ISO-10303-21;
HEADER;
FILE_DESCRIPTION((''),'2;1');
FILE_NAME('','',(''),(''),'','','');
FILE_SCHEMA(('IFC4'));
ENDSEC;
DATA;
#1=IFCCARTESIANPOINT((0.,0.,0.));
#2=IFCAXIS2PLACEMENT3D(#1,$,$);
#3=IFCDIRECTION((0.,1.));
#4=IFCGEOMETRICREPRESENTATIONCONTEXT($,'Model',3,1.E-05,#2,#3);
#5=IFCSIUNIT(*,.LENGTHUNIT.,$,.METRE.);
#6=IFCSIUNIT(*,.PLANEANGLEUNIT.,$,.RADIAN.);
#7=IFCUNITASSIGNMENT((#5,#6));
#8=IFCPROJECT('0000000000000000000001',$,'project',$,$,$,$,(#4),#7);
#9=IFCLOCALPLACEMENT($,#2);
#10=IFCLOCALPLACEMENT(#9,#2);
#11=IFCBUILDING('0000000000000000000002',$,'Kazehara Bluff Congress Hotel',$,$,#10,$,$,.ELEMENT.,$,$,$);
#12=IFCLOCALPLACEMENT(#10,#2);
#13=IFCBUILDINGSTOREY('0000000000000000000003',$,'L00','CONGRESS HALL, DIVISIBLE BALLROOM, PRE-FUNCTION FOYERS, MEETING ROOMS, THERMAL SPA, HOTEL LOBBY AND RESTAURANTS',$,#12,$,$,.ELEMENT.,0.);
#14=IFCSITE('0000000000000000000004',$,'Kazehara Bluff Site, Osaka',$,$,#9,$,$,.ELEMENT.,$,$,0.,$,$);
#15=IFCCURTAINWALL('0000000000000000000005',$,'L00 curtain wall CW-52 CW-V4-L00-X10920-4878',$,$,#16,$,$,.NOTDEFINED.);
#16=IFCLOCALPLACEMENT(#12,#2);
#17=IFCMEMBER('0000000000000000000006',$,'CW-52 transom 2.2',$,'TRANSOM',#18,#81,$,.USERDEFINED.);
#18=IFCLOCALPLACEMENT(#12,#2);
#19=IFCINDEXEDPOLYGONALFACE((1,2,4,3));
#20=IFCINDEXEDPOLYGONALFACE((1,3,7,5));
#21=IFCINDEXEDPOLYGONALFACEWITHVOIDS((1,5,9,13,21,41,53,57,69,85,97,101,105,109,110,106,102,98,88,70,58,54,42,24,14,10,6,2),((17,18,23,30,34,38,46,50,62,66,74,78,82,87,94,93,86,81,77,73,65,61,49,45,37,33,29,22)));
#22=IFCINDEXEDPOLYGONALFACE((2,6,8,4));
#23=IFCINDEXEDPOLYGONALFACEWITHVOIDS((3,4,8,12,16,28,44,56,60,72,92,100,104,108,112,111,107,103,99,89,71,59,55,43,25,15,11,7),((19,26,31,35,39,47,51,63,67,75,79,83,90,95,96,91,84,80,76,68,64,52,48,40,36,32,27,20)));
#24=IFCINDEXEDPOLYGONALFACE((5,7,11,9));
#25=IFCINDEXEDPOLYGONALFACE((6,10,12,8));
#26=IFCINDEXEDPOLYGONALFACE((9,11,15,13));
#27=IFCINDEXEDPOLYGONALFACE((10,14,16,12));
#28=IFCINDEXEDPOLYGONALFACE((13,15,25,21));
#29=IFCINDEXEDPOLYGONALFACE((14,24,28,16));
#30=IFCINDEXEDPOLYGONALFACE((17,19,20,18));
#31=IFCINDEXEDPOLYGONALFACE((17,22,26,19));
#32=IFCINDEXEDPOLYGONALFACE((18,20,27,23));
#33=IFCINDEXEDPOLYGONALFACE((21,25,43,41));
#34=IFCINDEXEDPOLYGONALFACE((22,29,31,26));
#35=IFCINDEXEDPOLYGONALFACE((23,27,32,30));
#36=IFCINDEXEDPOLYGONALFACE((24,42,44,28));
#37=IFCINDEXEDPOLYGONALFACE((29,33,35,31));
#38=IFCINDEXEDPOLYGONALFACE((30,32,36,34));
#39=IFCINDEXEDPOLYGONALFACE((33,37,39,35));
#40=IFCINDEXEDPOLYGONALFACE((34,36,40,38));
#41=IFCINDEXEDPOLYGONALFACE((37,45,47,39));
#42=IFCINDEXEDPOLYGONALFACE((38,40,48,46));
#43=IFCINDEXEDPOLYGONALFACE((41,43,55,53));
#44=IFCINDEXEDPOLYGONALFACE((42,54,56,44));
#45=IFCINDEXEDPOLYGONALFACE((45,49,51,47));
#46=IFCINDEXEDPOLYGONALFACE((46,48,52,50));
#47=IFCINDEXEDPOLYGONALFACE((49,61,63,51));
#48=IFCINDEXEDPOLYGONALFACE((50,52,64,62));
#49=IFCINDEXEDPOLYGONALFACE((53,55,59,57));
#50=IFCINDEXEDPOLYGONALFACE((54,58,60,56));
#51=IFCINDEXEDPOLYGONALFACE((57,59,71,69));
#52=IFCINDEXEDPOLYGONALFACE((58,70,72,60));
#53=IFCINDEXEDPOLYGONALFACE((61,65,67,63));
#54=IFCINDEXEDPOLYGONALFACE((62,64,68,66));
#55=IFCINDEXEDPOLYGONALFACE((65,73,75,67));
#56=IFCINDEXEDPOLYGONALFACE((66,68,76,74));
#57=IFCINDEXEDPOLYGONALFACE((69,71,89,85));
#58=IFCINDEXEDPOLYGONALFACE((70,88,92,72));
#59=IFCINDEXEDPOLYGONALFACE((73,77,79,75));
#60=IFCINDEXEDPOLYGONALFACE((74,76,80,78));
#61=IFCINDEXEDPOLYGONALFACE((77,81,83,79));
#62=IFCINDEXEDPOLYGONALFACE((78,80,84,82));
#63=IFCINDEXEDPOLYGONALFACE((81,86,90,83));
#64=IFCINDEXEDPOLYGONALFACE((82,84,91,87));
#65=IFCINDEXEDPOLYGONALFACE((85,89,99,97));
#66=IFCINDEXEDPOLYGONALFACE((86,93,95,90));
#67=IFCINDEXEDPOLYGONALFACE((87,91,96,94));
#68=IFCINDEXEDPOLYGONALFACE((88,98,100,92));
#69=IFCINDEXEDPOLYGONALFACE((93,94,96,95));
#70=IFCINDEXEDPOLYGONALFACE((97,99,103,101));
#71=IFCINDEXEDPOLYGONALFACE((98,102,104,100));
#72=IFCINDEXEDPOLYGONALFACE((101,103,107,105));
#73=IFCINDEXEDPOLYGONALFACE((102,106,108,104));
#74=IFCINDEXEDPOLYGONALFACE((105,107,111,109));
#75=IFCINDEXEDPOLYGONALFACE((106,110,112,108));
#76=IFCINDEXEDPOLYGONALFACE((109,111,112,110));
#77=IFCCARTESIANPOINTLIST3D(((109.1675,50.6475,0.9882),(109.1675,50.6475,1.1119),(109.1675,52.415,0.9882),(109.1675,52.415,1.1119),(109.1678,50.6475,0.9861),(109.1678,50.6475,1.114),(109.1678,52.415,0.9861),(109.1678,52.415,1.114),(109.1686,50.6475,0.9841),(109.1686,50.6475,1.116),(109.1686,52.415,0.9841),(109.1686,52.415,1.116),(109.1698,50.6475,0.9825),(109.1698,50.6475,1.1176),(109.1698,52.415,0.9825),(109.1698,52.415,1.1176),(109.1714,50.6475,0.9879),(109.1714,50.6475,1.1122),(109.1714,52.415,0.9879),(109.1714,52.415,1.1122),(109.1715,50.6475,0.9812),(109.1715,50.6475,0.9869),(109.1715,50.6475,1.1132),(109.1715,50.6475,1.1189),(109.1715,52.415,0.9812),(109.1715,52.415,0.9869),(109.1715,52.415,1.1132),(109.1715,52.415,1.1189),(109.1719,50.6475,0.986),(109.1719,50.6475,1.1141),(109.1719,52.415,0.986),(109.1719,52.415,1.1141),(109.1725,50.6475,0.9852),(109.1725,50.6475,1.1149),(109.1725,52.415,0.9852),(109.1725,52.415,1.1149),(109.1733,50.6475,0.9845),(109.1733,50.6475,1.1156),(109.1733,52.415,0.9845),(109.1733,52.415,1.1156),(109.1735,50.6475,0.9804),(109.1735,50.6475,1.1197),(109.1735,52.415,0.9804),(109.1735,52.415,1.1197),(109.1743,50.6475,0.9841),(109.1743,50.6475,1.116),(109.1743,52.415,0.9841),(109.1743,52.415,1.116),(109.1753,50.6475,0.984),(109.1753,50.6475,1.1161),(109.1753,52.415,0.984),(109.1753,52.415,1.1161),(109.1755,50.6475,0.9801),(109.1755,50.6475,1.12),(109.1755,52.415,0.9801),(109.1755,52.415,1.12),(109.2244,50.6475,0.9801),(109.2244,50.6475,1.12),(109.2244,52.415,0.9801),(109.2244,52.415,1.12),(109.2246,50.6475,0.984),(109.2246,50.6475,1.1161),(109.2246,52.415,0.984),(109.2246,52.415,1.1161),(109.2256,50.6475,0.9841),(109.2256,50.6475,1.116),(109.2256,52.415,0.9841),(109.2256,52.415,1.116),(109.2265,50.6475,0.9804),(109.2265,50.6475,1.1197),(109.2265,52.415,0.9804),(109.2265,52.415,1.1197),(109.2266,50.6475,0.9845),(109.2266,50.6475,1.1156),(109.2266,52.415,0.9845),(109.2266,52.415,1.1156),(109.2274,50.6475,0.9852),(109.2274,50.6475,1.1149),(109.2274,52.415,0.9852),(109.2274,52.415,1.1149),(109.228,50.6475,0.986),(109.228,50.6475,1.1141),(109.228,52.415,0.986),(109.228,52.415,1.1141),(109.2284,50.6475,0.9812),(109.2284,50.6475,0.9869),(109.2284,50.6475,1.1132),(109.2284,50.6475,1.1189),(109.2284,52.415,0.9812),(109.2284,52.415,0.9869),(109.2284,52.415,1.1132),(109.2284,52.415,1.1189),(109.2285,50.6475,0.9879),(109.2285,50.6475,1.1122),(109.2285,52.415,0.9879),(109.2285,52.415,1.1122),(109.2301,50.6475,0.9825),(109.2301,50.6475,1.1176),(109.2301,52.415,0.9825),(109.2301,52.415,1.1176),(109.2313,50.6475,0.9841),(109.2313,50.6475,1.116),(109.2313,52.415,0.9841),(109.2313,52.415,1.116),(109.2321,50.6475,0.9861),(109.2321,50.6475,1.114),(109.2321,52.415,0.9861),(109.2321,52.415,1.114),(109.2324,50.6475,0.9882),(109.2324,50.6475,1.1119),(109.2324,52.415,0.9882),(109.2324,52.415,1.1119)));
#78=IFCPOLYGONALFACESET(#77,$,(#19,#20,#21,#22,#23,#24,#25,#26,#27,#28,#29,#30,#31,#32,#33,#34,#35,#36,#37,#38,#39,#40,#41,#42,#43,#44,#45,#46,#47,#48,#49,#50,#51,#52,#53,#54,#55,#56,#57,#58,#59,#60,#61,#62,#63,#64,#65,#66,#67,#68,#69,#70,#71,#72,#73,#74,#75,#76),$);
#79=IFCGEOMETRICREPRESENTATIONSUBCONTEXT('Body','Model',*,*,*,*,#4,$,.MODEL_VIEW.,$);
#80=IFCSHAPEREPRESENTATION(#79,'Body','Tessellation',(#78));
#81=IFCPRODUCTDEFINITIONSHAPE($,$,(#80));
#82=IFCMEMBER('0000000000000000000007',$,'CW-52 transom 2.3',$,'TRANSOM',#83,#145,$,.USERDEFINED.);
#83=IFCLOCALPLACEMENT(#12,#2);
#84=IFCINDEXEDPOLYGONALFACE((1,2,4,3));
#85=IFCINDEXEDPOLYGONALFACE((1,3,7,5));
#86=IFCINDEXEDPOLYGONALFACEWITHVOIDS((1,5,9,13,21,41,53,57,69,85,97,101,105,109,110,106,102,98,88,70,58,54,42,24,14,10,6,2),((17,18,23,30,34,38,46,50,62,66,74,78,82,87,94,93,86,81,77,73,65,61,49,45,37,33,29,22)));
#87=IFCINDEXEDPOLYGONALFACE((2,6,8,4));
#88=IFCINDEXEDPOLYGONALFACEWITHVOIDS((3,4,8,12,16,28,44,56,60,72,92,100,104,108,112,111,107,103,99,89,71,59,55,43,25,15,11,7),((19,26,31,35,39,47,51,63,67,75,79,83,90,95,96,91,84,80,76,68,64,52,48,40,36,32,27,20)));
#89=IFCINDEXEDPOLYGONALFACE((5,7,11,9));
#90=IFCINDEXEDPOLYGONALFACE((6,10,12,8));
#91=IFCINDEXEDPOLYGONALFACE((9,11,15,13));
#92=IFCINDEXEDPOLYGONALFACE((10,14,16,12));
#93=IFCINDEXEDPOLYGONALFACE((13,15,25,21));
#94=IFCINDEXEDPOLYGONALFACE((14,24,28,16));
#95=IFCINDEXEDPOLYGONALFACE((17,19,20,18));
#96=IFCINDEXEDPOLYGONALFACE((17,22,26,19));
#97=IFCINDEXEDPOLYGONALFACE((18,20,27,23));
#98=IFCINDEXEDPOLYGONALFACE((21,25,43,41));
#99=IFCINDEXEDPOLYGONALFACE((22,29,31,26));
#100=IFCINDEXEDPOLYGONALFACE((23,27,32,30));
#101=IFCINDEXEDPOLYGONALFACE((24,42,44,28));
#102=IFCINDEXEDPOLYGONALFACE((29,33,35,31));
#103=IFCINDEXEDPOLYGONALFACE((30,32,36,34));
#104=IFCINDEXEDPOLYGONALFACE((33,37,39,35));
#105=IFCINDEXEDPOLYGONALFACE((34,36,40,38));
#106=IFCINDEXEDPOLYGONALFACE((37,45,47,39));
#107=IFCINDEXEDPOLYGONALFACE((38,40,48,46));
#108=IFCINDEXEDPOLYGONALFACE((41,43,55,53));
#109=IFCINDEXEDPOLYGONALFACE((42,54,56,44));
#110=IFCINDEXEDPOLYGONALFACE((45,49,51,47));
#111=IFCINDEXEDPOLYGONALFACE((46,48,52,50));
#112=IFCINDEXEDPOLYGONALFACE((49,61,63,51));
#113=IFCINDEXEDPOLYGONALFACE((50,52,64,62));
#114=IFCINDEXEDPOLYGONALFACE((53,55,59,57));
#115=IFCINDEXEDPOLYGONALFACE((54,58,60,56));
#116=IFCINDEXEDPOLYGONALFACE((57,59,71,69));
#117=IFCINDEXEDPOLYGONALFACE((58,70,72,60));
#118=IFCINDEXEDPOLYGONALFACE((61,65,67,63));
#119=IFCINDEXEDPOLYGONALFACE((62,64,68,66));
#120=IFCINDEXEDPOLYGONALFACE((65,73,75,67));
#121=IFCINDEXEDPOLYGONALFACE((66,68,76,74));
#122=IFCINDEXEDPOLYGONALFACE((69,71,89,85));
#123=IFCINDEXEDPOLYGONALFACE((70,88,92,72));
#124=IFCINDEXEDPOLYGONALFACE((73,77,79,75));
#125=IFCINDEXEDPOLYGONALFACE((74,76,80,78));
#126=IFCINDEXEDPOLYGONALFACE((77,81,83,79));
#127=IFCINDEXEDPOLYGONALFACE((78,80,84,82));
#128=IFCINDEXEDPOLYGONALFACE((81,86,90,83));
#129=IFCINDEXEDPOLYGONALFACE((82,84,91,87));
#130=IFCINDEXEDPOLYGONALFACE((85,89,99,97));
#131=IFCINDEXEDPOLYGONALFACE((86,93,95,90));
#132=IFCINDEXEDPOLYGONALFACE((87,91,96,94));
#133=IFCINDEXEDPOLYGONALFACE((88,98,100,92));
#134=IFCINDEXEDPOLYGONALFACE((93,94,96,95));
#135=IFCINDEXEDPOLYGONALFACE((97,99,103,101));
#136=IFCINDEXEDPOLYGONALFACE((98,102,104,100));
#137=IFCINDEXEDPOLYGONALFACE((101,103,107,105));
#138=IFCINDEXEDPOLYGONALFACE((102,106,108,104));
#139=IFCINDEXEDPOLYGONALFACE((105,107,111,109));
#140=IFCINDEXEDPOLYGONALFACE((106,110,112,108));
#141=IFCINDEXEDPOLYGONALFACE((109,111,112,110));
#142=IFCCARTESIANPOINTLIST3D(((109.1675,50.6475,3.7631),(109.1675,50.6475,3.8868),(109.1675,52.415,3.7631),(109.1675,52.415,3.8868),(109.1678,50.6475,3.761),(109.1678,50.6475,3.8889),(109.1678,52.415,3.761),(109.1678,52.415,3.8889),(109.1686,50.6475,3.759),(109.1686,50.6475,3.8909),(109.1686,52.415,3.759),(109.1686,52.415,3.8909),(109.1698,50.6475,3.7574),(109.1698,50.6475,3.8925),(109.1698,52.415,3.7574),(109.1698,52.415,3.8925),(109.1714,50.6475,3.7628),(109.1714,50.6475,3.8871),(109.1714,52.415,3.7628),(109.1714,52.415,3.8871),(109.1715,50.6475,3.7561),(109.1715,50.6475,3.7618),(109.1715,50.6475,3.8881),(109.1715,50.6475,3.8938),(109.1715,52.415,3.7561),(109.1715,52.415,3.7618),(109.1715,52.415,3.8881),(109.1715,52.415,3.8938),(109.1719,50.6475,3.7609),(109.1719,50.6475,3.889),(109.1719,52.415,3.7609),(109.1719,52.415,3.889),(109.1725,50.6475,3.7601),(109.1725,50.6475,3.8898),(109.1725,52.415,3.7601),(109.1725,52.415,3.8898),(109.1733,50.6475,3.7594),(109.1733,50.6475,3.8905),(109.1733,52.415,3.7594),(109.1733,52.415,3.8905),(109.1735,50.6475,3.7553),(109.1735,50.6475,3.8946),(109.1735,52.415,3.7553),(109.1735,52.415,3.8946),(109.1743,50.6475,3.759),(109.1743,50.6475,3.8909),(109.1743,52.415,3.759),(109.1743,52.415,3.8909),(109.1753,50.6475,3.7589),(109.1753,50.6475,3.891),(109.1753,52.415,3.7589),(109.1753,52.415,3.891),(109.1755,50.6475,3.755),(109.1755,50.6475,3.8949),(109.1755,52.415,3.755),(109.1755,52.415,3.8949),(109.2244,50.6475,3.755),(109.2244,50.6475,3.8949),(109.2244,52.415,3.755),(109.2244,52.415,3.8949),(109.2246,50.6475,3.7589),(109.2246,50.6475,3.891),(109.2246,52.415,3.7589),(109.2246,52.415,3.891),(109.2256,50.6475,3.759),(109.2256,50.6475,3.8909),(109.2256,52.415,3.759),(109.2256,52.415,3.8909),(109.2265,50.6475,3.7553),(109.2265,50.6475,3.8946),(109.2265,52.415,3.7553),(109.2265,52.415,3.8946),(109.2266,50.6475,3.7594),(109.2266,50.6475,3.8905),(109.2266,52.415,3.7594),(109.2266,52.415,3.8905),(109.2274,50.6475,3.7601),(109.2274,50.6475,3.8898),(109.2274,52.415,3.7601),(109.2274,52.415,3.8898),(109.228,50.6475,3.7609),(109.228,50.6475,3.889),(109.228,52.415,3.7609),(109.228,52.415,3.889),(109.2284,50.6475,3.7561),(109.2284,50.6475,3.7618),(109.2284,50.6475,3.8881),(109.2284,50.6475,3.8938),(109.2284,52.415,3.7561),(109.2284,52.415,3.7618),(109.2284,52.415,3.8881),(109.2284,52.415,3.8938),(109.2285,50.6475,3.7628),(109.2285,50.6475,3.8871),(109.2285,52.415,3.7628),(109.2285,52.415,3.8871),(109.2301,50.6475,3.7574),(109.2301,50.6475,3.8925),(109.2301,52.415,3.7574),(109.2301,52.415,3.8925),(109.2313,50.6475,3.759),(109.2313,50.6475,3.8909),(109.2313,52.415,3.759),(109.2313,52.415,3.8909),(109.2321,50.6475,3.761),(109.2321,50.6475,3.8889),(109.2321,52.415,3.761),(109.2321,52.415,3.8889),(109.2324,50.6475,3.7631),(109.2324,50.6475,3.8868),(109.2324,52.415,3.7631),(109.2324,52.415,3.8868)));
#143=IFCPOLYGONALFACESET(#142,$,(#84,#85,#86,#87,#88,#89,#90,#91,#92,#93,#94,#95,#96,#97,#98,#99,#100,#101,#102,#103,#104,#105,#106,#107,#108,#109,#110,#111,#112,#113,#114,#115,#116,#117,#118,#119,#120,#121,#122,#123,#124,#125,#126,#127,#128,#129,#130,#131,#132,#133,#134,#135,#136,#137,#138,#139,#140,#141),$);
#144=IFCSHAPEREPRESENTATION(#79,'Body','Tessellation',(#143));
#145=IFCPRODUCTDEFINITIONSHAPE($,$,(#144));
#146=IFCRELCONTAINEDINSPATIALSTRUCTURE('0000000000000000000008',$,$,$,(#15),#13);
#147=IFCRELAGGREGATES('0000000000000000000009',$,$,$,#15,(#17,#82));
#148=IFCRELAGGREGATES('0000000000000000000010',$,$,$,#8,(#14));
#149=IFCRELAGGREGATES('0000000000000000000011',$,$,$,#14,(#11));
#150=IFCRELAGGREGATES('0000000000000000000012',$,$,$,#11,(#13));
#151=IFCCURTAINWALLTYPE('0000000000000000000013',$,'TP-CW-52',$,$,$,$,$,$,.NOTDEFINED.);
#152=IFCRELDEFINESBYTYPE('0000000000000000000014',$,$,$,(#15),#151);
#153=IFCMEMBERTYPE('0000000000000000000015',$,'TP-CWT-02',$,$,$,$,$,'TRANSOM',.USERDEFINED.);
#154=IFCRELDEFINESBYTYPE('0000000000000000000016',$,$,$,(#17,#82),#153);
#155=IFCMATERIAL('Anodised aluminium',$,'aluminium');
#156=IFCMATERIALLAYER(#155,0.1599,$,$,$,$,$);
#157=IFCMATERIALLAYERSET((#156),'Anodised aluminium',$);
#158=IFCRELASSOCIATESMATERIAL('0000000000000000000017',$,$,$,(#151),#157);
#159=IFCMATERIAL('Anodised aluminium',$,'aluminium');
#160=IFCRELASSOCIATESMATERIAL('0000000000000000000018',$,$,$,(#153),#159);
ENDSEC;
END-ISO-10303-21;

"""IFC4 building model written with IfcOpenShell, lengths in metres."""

from ifc_helpers import new_model, si_unit, direction, frame, origin, origin_2d, place, context, subcontext, project, spatial, hollow_rectangle, extrude, material, layer, layer_set, material_profile, profile_set, type_object, element, aggregate, save


model = new_model("IFC4")

# Units and contexts
model_context = context("Model", 3, precision=1e-05, world=origin(), true_north=direction((0.0, 1.0)))
body_context = subcontext(model_context, "Body", "Model", "MODEL_VIEW")
ifc_project = project(units=[si_unit("LENGTHUNIT", "METRE"), si_unit("PLANEANGLEUNIT", "RADIAN")], contexts=[model_context])

# Site, building, storey
site_placement = place(None, origin())
site = spatial("IfcSite", under=ifc_project, at=site_placement, Name="Kazehara Bluff Site, Osaka", CompositionType="ELEMENT", RefElevation=0.0)
building_placement = place(site_placement, origin())
building = spatial("IfcBuilding", under=site, at=building_placement, Name="Kazehara Bluff Congress Hotel", CompositionType="ELEMENT")
storey_placement = place(building_placement, origin())
storey = spatial("IfcBuildingStorey", under=building, at=storey_placement, Name="L00", Description="CONGRESS HALL, DIVISIBLE BALLROOM, PRE-FUNCTION FOYERS, MEETING ROOMS, THERMAL SPA, HOTEL LOBBY AND RESTAURANTS", CompositionType="ELEMENT", Elevation=0.0)

# Curtain wall
ifc_material_1 = material(Name="Anodised aluminium", Category="aluminium")
ifc_layer_1 = layer(ifc_material_1, 0.1599)
ifc_layer_set_1 = layer_set([ifc_layer_1], Name="Anodised aluminium")
curtain_wall_type_1 = type_object("IfcCurtainWallType", Name="TP-CW-52", PredefinedType="NOTDEFINED", material=ifc_layer_set_1)
curtain_wall_1_placement = place(storey_placement, origin())
curtain_wall_1 = element("IfcCurtainWall", 1, at=curtain_wall_1_placement, inside=storey, type_object=curtain_wall_type_1, Name="L00 curtain wall CW-52 CW-V4-L00-X10920-4878", PredefinedType="NOTDEFINED")

# Members
ifc_material_2 = material(Name="Anodised aluminium", Category="aluminium")
ifc_material_profile_1 = material_profile(ifc_material_2, hollow_rectangle(XDim=0.0649, YDim=0.1399, WallThickness=0.0039, InnerFilletRadius=0.0039, OuterFilletRadius=0.0081, at=origin_2d()))
ifc_profile_set_1 = profile_set([ifc_material_profile_1], Name="Anodised aluminium")
member_type_1 = type_object("IfcMemberType", Name="TP-CWT-02", ElementType="TRANSOM", PredefinedType="USERDEFINED", material=ifc_profile_set_1)
member_1_placement = place(storey_placement, frame((109.2, 50.6475, 1.05), z_axis=(0.0, 1.0, 0.0), x_axis=(-1.0, 0.0, 0.0)))
member_1 = element("IfcMember", 2, at=member_1_placement, type_object=member_type_1, Name="CW-52 transom 2.2", ObjectType="TRANSOM", PredefinedType="USERDEFINED", context=body_context, shape_type="SweptSolid", body=[
    extrude(hollow_rectangle(XDim=0.0649, YDim=0.1399, WallThickness=0.0039, InnerFilletRadius=0.0039, OuterFilletRadius=0.0081, at=origin_2d()), origin(), (0.0, 0.0, 1.0), 1.7676),
])
member_2_placement = place(storey_placement, frame((109.2, 50.6475, 3.825), z_axis=(0.0, 1.0, 0.0), x_axis=(-1.0, 0.0, 0.0)))
member_2 = element("IfcMember", 3, at=member_2_placement, type_object=member_type_1, Name="CW-52 transom 2.3", ObjectType="TRANSOM", PredefinedType="USERDEFINED", context=body_context, shape_type="SweptSolid", body=[
    extrude(hollow_rectangle(XDim=0.0649, YDim=0.1399, WallThickness=0.0039, InnerFilletRadius=0.0039, OuterFilletRadius=0.0081, at=origin_2d()), origin(), (0.0, 0.0, 1.0), 1.7676),
])

aggregate(curtain_wall_1, [member_1, member_2])

save(model, "model.ifc")
